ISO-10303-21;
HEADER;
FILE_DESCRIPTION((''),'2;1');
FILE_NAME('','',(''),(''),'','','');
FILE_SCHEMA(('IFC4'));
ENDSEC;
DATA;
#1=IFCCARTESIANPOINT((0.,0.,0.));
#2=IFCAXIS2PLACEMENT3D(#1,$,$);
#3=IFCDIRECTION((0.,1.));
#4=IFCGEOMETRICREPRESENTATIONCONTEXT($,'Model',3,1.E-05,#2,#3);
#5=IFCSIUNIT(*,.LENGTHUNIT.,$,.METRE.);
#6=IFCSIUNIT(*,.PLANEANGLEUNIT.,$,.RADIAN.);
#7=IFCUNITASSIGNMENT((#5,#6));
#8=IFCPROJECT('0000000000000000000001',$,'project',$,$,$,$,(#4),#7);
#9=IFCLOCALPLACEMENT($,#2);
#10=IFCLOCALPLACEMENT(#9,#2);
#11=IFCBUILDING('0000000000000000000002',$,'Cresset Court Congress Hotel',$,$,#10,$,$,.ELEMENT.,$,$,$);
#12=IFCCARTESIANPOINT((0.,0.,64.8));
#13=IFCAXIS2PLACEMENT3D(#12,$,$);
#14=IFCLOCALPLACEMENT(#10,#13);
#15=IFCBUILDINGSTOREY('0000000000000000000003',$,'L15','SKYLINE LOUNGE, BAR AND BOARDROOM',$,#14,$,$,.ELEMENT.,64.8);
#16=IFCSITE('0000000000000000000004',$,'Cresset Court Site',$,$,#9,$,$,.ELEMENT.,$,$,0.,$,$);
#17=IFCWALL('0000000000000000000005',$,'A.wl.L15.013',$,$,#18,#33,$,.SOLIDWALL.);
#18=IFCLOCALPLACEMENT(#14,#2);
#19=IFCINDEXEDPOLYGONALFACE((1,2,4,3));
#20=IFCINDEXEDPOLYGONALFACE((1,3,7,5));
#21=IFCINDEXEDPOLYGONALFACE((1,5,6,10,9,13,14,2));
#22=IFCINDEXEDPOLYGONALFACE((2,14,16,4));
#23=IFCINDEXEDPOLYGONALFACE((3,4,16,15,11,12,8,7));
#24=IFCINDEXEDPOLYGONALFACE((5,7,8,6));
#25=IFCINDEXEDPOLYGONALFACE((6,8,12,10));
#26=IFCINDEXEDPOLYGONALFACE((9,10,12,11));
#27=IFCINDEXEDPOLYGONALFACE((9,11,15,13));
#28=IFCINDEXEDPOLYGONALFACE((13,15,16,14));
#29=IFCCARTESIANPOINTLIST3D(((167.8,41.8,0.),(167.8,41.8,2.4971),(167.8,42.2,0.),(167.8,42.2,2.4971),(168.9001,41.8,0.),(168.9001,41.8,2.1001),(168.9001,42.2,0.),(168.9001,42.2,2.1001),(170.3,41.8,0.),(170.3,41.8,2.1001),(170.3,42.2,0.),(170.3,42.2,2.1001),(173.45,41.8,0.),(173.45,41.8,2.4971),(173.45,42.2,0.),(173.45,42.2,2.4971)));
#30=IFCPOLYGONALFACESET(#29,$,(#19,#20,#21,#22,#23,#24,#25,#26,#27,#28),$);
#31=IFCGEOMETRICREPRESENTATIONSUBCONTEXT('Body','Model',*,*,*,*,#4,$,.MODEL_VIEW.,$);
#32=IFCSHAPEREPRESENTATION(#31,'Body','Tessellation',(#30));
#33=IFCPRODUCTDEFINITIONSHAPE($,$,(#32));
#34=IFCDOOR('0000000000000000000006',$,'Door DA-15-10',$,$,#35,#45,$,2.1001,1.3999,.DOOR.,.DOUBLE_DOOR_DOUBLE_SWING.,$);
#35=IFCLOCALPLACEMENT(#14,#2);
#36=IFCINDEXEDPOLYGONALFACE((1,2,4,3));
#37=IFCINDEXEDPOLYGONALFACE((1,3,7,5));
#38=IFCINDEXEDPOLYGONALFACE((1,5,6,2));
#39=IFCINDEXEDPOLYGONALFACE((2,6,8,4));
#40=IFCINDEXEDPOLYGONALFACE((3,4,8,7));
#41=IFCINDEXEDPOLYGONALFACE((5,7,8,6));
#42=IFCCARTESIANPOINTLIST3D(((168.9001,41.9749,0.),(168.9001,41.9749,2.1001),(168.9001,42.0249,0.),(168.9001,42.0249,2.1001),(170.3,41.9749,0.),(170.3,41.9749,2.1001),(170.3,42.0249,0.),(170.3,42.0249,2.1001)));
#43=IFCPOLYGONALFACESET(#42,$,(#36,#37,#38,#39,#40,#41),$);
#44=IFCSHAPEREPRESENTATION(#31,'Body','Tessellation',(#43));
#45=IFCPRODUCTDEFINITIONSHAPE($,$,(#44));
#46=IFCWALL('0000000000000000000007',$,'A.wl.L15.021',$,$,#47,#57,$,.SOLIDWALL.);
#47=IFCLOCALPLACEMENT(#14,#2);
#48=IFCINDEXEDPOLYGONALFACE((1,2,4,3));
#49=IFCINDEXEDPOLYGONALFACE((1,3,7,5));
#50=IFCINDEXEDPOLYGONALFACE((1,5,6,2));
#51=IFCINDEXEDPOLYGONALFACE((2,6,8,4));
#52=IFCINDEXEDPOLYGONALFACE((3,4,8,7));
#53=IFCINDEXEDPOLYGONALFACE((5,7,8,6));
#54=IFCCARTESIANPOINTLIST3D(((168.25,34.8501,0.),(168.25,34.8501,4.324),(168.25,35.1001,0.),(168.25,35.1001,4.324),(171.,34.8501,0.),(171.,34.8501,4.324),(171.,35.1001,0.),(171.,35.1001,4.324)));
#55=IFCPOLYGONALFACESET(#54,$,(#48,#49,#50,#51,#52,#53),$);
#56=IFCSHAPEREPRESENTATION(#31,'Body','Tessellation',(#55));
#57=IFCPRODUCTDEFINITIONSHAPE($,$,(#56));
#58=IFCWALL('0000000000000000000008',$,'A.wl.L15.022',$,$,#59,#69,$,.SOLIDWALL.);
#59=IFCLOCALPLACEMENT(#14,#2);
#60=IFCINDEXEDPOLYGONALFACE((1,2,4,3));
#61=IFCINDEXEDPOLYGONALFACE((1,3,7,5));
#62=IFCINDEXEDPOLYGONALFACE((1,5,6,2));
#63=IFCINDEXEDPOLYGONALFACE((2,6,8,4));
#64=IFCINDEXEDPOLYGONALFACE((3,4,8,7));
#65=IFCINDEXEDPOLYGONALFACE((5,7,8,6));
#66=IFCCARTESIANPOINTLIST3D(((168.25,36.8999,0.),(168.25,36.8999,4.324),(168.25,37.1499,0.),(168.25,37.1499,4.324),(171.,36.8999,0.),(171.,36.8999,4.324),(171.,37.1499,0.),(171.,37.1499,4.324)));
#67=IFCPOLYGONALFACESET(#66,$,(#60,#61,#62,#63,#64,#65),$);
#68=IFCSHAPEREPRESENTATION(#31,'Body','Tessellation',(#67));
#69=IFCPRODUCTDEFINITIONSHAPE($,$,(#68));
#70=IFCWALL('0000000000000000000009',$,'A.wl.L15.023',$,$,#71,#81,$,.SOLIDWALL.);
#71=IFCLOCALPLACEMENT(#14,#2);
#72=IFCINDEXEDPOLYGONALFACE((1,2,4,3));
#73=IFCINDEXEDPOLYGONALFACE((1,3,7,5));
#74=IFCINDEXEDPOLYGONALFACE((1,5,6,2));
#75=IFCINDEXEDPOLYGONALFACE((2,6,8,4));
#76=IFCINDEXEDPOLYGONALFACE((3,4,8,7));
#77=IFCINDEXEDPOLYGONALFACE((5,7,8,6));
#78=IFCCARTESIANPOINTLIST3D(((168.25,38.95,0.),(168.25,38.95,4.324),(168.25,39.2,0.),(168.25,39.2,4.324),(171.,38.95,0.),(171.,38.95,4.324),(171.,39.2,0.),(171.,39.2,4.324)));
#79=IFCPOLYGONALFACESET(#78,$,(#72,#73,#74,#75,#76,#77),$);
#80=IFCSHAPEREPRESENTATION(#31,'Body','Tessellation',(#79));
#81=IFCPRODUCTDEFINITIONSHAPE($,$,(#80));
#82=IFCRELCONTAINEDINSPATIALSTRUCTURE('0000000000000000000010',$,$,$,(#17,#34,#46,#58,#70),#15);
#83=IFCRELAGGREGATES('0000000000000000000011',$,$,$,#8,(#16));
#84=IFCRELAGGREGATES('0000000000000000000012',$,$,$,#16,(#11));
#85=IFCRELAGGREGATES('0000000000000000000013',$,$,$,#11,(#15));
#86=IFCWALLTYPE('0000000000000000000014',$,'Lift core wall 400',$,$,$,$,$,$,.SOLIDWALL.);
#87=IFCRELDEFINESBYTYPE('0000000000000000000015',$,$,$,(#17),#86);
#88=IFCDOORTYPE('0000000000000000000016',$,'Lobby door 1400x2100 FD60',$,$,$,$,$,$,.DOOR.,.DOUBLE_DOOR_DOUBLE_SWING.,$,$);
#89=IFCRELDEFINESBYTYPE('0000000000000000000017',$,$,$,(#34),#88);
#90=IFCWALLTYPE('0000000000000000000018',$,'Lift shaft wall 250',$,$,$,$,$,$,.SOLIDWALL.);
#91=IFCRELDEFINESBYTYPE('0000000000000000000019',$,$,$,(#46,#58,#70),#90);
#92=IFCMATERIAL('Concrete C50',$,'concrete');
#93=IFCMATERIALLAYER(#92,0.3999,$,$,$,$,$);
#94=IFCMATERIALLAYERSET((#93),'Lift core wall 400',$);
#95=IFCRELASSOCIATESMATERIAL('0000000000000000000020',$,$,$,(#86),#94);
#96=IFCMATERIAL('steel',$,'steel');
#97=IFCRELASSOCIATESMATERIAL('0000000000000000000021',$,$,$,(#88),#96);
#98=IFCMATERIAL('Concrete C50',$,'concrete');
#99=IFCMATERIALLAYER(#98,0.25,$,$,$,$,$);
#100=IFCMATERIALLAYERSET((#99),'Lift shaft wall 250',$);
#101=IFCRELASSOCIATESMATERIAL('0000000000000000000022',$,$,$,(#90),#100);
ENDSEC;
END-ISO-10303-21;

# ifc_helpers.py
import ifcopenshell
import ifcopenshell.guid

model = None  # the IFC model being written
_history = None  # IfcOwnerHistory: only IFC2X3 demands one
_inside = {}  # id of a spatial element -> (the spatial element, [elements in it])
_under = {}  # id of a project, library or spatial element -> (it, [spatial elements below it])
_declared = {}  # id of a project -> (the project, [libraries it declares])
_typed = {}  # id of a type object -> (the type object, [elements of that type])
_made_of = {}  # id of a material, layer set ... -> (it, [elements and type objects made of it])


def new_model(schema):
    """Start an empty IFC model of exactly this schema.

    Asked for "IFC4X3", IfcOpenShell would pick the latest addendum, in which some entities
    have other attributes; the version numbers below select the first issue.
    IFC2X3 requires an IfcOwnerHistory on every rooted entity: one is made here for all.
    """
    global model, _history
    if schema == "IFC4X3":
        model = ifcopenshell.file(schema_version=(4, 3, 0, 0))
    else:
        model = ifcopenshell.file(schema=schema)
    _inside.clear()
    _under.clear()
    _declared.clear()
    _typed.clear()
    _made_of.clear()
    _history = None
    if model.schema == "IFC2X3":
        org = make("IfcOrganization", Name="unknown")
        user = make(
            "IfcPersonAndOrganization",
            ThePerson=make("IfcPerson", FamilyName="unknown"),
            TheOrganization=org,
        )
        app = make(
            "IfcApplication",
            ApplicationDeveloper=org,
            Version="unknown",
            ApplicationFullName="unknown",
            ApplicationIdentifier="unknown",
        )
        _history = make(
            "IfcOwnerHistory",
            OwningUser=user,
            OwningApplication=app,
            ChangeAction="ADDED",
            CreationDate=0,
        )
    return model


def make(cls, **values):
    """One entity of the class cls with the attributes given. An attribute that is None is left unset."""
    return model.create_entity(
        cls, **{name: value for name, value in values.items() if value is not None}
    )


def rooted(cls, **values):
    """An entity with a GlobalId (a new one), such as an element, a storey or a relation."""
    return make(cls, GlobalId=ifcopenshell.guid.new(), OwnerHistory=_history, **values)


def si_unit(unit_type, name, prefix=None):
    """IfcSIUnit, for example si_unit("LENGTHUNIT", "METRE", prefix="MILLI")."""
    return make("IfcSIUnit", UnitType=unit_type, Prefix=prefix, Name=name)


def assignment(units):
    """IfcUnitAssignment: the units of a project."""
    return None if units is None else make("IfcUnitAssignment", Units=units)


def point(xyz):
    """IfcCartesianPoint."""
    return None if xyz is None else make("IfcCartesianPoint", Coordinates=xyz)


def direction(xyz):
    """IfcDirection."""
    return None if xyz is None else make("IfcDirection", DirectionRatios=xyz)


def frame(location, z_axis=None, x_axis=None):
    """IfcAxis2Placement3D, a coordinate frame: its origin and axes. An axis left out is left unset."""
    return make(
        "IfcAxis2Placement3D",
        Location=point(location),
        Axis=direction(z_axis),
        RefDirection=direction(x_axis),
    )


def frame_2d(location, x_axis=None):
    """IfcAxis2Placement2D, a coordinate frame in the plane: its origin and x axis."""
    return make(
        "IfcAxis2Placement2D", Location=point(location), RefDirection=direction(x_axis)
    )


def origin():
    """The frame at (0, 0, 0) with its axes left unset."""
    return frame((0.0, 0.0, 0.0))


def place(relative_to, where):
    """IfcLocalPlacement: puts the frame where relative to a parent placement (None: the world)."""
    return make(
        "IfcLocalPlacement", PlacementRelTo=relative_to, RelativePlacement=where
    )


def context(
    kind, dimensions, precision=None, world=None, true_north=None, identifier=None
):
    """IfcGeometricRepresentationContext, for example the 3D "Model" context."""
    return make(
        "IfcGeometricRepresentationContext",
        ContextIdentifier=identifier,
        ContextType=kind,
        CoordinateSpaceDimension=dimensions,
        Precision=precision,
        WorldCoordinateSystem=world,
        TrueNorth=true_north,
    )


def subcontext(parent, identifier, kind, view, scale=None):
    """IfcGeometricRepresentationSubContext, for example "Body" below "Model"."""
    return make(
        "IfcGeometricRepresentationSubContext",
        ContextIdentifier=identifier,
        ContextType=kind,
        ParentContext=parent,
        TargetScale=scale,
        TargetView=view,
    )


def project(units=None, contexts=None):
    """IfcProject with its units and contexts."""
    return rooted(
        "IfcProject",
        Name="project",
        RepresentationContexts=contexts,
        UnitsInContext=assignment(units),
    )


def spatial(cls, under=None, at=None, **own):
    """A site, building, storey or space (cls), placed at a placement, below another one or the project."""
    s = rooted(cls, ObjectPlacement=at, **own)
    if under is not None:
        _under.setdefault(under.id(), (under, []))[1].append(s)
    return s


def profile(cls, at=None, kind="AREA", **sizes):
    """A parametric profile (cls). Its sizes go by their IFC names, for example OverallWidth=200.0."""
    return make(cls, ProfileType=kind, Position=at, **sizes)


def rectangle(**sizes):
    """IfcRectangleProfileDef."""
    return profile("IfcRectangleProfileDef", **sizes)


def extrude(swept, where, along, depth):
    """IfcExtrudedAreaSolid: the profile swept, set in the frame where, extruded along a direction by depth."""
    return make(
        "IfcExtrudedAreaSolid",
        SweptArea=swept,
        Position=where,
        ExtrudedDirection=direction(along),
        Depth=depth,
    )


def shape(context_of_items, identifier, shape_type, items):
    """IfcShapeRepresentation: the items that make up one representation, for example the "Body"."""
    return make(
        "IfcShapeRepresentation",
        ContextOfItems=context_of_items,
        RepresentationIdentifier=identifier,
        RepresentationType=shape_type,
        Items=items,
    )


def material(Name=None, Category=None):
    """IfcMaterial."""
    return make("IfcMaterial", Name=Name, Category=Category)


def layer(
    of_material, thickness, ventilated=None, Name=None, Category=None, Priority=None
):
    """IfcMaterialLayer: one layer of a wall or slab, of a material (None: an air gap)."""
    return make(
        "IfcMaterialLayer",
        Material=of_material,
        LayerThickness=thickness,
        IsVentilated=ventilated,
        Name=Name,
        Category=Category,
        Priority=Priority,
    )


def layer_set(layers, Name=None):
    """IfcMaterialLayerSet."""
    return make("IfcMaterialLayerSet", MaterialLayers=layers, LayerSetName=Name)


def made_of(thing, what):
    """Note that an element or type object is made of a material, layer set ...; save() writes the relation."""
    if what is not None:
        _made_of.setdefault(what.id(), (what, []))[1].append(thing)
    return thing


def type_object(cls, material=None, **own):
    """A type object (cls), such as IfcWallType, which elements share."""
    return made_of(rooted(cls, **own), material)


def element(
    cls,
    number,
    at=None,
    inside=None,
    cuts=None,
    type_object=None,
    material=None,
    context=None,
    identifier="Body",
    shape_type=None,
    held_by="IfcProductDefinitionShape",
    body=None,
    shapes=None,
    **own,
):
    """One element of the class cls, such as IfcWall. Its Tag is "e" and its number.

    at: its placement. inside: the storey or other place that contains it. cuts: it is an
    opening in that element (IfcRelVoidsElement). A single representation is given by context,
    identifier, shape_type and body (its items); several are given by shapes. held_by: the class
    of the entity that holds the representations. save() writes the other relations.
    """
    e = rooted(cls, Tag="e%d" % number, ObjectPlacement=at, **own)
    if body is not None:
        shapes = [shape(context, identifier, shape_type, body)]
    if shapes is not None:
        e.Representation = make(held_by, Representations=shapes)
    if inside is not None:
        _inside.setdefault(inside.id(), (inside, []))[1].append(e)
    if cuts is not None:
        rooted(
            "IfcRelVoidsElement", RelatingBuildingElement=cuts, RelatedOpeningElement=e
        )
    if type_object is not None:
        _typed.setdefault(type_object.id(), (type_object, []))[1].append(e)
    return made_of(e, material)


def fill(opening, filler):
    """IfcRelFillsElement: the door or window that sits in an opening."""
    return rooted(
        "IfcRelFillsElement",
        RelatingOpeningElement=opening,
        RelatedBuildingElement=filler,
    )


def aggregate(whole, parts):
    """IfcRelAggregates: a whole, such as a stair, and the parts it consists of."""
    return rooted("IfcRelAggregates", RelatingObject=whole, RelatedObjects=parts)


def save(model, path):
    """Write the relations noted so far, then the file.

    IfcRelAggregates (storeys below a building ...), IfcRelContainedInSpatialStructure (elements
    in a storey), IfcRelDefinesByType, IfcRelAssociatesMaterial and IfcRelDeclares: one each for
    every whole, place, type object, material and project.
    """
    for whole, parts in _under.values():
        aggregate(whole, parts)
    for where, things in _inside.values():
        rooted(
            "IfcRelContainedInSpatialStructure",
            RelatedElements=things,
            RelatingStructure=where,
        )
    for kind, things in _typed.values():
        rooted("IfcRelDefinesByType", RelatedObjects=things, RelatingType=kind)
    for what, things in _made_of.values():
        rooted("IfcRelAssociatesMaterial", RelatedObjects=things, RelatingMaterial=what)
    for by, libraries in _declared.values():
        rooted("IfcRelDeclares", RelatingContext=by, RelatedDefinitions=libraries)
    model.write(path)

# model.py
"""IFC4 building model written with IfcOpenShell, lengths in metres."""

from ifc_helpers import new_model, si_unit, direction, frame, frame_2d, origin, place, context, subcontext, project, spatial, rectangle, extrude, material, layer, layer_set, type_object, element, fill, save


model = new_model("IFC4")

# Units and contexts
model_context = context("Model", 3, precision=1e-05, world=origin(), true_north=direction((0.0, 1.0)))
body_context = subcontext(model_context, "Body", "Model", "MODEL_VIEW")
ifc_project = project(units=[si_unit("LENGTHUNIT", "METRE"), si_unit("PLANEANGLEUNIT", "RADIAN")], contexts=[model_context])

# Site, building, storey
site_placement = place(None, origin())
site = spatial("IfcSite", under=ifc_project, at=site_placement, Name="Cresset Court Site", CompositionType="ELEMENT", RefElevation=0.0)
building_placement = place(site_placement, origin())
building = spatial("IfcBuilding", under=site, at=building_placement, Name="Cresset Court Congress Hotel", CompositionType="ELEMENT")
storey_placement = place(building_placement, frame((0.0, 0.0, 64.8)))
storey = spatial("IfcBuildingStorey", under=building, at=storey_placement, Name="L15", Description="SKYLINE LOUNGE, BAR AND BOARDROOM", CompositionType="ELEMENT", Elevation=64.8)

# Wall, opening, door
ifc_material_1 = material(Name="Concrete C50", Category="concrete")
ifc_layer_1 = layer(ifc_material_1, 0.3999)
ifc_layer_set_1 = layer_set([ifc_layer_1], Name="Lift core wall 400")
wall_type_1 = type_object("IfcWallType", Name="Lift core wall 400", PredefinedType="SOLIDWALL", material=ifc_layer_set_1)
wall_1_placement = place(storey_placement, frame((167.8, 42.0, 0.0), z_axis=(0.0, 0.0, 1.0), x_axis=(1.0, 0.0, 0.0)))
wall_1 = element("IfcWall", 1, at=wall_1_placement, inside=storey, type_object=wall_type_1, Name="A.wl.L15.013", PredefinedType="SOLIDWALL", context=body_context, shape_type="SweptSolid", body=[
    extrude(rectangle(XDim=5.6499, YDim=0.3999, at=frame_2d((2.825, 0.0))), origin(), (0.0, 0.0, 1.0), 2.4971),
])
opening_1_placement = place(wall_1_placement, frame((1.1001, 0.0, 0.0)))
opening_1 = element("IfcOpeningElement", 2, at=opening_1_placement, cuts=wall_1, PredefinedType="OPENING", context=body_context, shape_type="SweptSolid", body=[
    extrude(rectangle(XDim=1.3999, YDim=2.1001, at=frame_2d((0.7, 1.05))), frame((0.0, 0.21, 0.0), z_axis=(0.0, -1.0, 0.0), x_axis=(1.0, 0.0, 0.0)), (0.0, 0.0, 1.0), 0.4199),
])
ifc_material_2 = material(Name="steel", Category="steel")
door_type_1 = type_object("IfcDoorType", Name="Lobby door 1400x2100 FD60", OperationType="DOUBLE_DOOR_DOUBLE_SWING", PredefinedType="DOOR", material=ifc_material_2)
door_1_placement = place(opening_1_placement, origin())
door_1 = element("IfcDoor", 3, at=door_1_placement, inside=storey, type_object=door_type_1, Name="Door DA-15-10", OperationType="DOUBLE_DOOR_DOUBLE_SWING", OverallHeight=2.1001, OverallWidth=1.3999, PredefinedType="DOOR", context=body_context, shape_type="SweptSolid", body=[
    extrude(rectangle(XDim=1.3999, YDim=2.1001, at=frame_2d((0.7, 1.05))), frame((0.0, 0.0249, 0.0), z_axis=(0.0, -1.0, 0.0), x_axis=(1.0, 0.0, 0.0)), (0.0, 0.0, 1.0), 0.05),
])
fill(opening_1, door_1)

# Walls
ifc_material_3 = material(Name="Concrete C50", Category="concrete")
ifc_layer_2 = layer(ifc_material_3, 0.25)
ifc_layer_set_2 = layer_set([ifc_layer_2], Name="Lift shaft wall 250")
wall_type_2 = type_object("IfcWallType", Name="Lift shaft wall 250", PredefinedType="SOLIDWALL", material=ifc_layer_set_2)
for number, where, z_axis, x_axis, name in (
    (4, (168.25, 34.9751, 0.0), (0.0, 0.0, 1.0), (1.0, 0.0, 0.0), "A.wl.L15.021"),
    (5, (168.25, 37.0249, 0.0), (0.0, 0.0, 1.0), (1.0, 0.0, 0.0), "A.wl.L15.022"),
    (6, (168.25, 39.075, 0.0), (0.0, 0.0, 1.0), (1.0, 0.0, 0.0), "A.wl.L15.023"),
):
    element("IfcWall", number, at=place(storey_placement, frame(where, z_axis=z_axis, x_axis=x_axis)), inside=storey, type_object=wall_type_2, Name=name, PredefinedType="SOLIDWALL", context=body_context, shape_type="SweptSolid", body=[
        extrude(rectangle(XDim=2.75, YDim=0.25, at=frame_2d((1.375, 0.0))), origin(), (0.0, 0.0, 1.0), 4.324),
    ])

save(model, "model.ifc")
